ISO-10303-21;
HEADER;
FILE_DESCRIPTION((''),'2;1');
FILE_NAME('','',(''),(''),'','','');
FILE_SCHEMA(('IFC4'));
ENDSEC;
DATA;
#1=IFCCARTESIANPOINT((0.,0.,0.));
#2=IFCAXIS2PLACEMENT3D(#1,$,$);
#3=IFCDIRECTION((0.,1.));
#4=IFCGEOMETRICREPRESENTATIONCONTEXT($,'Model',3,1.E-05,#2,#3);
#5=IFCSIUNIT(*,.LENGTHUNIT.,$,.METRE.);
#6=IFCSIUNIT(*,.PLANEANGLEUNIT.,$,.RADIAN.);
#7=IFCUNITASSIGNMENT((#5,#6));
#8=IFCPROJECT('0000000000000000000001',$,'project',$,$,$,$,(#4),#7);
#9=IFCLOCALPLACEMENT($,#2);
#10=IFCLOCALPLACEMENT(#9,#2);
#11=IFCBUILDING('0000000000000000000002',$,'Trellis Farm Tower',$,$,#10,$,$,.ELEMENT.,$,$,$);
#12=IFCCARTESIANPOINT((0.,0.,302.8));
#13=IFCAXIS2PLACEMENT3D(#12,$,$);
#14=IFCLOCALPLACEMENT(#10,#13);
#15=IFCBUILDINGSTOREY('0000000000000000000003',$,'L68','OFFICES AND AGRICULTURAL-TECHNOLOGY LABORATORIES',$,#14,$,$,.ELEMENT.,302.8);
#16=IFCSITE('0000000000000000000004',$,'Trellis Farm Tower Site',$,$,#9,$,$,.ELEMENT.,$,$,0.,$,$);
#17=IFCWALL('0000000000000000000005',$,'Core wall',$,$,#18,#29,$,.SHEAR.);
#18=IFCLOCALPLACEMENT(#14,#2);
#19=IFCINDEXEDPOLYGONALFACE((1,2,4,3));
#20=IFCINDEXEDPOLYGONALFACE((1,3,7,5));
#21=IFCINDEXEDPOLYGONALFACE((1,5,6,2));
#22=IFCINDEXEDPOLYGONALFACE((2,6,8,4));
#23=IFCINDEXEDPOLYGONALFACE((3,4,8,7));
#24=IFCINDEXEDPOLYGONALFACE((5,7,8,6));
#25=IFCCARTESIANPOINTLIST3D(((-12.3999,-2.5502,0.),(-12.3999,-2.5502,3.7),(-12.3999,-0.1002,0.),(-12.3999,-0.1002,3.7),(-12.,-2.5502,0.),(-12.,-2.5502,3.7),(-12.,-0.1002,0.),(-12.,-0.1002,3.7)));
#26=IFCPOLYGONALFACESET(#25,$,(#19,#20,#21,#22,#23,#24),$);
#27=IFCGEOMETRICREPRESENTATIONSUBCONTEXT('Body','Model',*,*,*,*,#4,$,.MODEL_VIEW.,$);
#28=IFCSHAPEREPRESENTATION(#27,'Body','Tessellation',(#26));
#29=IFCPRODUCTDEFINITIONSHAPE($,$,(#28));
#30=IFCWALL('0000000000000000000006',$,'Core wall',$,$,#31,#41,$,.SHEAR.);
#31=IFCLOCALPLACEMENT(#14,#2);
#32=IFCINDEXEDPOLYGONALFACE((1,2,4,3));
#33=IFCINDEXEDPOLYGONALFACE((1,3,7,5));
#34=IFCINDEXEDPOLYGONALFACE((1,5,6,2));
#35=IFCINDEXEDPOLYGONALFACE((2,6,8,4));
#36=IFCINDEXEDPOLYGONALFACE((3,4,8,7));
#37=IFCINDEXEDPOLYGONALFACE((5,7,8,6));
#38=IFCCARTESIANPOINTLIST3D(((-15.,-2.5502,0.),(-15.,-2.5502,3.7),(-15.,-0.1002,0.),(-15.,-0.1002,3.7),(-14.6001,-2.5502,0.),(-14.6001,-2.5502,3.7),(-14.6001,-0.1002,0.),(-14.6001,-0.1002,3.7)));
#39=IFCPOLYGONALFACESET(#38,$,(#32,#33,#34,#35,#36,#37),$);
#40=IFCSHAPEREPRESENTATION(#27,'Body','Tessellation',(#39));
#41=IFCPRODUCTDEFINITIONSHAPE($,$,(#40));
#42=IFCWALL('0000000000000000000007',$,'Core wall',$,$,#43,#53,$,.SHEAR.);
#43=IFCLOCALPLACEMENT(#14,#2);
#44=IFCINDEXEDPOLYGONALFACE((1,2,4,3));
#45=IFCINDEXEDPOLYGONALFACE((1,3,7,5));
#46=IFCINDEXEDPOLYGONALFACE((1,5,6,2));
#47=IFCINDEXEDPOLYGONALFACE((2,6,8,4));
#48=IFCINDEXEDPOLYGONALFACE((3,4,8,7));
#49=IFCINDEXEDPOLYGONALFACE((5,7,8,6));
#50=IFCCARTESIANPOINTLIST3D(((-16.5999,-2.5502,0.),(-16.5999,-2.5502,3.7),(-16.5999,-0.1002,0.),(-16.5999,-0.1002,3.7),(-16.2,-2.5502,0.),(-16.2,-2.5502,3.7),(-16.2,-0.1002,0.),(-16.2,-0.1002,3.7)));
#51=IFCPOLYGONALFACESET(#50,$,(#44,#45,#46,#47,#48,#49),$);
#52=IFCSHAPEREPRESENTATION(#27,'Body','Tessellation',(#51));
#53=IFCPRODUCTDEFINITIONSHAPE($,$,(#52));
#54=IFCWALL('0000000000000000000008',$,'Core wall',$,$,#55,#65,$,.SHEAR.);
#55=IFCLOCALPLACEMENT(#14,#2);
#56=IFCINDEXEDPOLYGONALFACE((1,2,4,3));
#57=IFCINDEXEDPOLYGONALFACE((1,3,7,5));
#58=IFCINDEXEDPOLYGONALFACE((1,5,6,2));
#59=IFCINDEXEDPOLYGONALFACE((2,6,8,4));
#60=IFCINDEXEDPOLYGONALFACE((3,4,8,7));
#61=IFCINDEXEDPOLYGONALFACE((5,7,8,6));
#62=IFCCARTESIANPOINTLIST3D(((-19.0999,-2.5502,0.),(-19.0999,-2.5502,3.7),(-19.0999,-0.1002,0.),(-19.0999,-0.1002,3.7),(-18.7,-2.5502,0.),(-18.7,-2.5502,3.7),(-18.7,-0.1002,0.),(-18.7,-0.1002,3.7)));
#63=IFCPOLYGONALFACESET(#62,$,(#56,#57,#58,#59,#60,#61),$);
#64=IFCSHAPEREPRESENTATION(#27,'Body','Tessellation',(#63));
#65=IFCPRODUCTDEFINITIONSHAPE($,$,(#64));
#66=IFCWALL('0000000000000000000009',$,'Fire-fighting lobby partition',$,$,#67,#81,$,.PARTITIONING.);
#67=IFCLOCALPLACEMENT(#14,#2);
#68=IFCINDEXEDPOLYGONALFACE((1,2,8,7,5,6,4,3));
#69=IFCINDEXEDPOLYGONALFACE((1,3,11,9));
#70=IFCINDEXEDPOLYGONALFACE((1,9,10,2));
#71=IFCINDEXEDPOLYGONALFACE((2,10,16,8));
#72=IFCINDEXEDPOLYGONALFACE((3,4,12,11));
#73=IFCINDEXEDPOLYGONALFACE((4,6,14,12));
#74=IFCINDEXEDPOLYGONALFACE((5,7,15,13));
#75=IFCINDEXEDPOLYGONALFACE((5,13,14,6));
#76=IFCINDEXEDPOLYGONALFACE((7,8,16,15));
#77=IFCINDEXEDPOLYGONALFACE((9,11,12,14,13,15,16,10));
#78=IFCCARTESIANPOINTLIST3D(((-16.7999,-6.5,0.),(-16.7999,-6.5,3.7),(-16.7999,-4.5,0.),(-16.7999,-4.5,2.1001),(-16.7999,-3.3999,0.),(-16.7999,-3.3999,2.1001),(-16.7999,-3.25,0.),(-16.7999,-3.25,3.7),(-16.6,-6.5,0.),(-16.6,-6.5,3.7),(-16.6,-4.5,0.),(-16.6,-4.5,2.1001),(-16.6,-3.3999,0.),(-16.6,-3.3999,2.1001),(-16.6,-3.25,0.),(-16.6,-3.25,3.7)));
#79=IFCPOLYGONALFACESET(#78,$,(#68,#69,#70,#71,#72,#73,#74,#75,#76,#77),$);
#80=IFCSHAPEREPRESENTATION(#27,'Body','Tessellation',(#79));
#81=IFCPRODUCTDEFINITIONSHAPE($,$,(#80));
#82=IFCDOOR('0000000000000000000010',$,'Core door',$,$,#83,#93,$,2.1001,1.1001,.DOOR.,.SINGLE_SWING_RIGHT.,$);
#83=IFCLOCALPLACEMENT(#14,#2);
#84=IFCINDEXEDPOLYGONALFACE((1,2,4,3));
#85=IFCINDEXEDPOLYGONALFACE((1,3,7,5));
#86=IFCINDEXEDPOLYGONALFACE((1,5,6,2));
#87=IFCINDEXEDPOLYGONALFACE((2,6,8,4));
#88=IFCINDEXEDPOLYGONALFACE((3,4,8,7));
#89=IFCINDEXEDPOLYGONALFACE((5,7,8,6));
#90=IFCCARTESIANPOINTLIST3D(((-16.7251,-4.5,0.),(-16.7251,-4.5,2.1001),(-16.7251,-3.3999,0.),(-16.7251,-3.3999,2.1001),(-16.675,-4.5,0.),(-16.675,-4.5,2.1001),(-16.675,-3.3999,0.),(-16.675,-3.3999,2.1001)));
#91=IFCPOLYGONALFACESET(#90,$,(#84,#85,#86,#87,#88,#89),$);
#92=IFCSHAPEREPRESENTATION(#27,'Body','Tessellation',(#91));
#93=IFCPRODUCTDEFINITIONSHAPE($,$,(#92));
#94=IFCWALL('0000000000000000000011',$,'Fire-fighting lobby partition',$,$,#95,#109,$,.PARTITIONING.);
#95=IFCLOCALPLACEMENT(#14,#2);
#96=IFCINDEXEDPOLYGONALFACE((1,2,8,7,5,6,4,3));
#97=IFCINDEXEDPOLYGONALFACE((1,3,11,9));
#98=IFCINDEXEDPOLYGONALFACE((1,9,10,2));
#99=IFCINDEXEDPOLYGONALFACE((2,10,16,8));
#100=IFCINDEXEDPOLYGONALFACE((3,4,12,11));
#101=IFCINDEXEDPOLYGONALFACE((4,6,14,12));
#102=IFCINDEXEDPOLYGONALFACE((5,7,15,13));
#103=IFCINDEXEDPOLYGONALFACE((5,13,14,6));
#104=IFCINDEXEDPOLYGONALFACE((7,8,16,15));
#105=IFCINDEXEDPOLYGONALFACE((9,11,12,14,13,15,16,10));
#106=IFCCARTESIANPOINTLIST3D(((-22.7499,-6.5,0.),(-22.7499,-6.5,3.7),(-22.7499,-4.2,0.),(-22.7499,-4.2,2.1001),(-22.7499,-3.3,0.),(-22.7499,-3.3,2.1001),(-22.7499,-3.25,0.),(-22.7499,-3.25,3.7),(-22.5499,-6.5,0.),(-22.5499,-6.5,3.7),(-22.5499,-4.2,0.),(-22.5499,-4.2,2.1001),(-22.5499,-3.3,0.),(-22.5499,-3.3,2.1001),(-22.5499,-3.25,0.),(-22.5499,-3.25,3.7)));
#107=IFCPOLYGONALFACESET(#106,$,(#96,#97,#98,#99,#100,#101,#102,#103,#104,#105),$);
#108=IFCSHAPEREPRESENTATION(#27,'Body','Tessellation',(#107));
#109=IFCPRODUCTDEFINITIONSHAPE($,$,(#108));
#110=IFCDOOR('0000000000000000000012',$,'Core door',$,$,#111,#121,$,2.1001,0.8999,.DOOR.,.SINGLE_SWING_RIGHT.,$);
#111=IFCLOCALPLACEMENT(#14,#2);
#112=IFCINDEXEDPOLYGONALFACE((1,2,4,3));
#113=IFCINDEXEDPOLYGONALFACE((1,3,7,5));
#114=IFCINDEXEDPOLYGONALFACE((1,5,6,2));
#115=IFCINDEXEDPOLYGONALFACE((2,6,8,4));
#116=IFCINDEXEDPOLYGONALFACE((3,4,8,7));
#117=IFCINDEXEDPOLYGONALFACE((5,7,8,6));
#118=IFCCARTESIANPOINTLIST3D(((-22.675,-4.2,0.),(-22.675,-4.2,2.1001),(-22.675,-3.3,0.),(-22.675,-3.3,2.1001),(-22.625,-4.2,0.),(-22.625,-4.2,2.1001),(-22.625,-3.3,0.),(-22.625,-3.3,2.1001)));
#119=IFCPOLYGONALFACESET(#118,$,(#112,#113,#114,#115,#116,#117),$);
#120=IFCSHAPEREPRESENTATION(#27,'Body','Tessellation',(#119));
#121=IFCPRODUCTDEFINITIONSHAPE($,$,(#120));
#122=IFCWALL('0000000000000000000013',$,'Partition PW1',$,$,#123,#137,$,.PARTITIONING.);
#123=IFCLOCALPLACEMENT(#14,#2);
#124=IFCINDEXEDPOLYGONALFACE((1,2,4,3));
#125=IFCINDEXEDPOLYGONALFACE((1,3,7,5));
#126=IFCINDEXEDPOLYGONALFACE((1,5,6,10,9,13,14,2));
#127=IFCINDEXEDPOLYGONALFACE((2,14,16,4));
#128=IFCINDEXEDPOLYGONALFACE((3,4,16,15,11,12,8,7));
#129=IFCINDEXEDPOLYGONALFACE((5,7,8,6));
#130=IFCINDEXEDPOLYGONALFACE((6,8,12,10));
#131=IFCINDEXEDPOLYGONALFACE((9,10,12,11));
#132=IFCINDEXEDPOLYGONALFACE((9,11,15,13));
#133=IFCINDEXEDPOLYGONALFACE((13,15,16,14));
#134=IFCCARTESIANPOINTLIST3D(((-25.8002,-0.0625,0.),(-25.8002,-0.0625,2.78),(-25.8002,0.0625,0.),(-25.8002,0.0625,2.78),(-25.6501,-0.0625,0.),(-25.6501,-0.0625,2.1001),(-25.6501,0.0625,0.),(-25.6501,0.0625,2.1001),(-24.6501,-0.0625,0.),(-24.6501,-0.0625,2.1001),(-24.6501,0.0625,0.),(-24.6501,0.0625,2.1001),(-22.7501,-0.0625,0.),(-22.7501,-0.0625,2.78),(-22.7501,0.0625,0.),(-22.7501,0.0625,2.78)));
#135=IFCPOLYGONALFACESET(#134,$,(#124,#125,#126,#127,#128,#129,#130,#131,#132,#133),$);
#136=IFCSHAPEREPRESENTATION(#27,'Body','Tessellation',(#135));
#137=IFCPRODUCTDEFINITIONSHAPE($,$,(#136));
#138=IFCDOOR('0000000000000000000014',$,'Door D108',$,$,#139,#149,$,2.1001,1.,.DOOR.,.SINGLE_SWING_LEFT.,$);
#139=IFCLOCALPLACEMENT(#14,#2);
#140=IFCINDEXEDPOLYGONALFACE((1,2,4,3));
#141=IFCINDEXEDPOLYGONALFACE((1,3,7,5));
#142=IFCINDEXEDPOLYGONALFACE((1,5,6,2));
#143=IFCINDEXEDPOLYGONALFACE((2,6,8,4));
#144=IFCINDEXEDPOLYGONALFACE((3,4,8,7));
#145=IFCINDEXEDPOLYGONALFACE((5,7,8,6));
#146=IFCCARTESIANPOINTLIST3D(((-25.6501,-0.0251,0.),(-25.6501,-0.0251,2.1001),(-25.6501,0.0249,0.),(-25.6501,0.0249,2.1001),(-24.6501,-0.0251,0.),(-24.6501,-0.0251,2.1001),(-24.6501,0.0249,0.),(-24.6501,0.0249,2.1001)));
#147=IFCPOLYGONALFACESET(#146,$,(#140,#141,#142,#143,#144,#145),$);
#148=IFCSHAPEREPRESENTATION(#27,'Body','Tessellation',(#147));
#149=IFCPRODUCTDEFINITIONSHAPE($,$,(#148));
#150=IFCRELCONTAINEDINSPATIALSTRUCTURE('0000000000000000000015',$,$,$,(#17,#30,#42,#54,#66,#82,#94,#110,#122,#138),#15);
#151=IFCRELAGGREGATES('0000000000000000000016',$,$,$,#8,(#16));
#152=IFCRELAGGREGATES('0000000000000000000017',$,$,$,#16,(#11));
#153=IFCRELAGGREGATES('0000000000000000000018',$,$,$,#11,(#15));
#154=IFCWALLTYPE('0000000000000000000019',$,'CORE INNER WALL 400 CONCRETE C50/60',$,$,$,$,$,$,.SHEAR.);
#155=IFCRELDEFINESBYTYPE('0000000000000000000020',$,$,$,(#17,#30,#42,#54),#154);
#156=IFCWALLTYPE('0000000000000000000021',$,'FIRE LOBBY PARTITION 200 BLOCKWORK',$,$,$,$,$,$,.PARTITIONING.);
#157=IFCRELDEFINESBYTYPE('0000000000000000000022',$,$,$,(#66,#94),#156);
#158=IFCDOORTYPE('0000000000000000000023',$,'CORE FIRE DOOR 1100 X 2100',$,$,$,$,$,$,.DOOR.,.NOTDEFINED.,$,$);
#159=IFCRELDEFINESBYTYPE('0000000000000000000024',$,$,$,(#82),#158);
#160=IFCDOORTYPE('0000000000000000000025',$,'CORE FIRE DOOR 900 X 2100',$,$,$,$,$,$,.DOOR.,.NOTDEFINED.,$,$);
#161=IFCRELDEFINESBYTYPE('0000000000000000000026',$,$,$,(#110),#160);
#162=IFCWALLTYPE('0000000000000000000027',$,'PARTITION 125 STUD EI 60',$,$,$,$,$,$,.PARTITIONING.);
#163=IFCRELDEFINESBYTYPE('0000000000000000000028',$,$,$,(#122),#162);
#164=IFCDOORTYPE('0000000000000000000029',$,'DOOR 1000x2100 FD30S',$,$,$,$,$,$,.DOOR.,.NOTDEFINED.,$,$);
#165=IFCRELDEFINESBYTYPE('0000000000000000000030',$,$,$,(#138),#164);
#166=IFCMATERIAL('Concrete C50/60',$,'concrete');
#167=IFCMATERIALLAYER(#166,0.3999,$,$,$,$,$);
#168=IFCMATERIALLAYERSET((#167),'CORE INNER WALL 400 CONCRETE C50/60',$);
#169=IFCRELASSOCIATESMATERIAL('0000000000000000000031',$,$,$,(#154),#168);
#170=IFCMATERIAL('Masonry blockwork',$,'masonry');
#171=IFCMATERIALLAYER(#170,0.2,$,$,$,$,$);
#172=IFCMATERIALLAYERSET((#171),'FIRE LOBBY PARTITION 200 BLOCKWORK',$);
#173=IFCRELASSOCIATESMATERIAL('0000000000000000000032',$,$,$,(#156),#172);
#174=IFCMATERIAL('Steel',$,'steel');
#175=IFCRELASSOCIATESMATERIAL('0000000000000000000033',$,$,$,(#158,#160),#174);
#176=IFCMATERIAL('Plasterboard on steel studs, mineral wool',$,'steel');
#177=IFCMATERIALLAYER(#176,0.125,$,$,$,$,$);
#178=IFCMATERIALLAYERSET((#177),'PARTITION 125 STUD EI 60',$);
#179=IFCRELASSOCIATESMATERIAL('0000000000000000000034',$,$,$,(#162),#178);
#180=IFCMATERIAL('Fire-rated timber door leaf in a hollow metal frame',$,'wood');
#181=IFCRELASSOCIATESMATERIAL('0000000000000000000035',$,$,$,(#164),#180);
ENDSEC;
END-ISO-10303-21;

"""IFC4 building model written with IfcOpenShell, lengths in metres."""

from ifc_helpers import new_model, si_unit, direction, frame, frame_2d, origin, place, context, subcontext, project, spatial, rectangle, extrude, source, transform, mapped, material, layer, layer_set, type_object, element, fill, save


model = new_model("IFC4")

# Units and contexts
model_context = context("Model", 3, precision=1e-05, world=origin(), true_north=direction((0.0, 1.0)))
body_context = subcontext(model_context, "Body", "Model", "MODEL_VIEW")
ifc_project = project(units=[si_unit("LENGTHUNIT", "METRE"), si_unit("PLANEANGLEUNIT", "RADIAN")], contexts=[model_context])

# Site, building, storey
site_placement = place(None, origin())
site = spatial("IfcSite", under=ifc_project, at=site_placement, Name="Trellis Farm Tower Site", CompositionType="ELEMENT", RefElevation=0.0)
building_placement = place(site_placement, origin())
building = spatial("IfcBuilding", under=site, at=building_placement, Name="Trellis Farm Tower", CompositionType="ELEMENT")
storey_placement = place(building_placement, frame((0.0, 0.0, 302.8)))
storey = spatial("IfcBuildingStorey", under=building, at=storey_placement, Name="L68", Description="OFFICES AND AGRICULTURAL-TECHNOLOGY LABORATORIES", CompositionType="ELEMENT", Elevation=302.8)

# Walls
ifc_material_1 = material(Name="Concrete C50/60", Category="concrete")
ifc_layer_1 = layer(ifc_material_1, 0.3999)
ifc_layer_set_1 = layer_set([ifc_layer_1], Name="CORE INNER WALL 400 CONCRETE C50/60")
wall_type_1 = type_object("IfcWallType", Name="CORE INNER WALL 400 CONCRETE C50/60", PredefinedType="SHEAR", material=ifc_layer_set_1)
shared_shape_1 = source(origin(), body_context, "Body", "SweptSolid", [
    extrude(rectangle(XDim=2.45, YDim=0.3999, at=frame_2d((1.2251, 0.0))), origin(), (0.0, 0.0, 1.0), 3.7),
])
for number, where, z_axis, x_axis, name in (
    (1, (-12.2, -0.1001, 0.0), (0.0, 0.0, 1.0), (0.0, -1.0, 0.0), "Core wall"),
    (2, (-14.8, -0.1001, 0.0), (0.0, 0.0, 1.0), (0.0, -1.0, 0.0), "Core wall"),
    (3, (-16.3999, -0.1001, 0.0), (0.0, 0.0, 1.0), (0.0, -1.0, 0.0), "Core wall"),
    (4, (-18.8999, -0.1001, 0.0), (0.0, 0.0, 1.0), (0.0, -1.0, 0.0), "Core wall"),
):
    element("IfcWall", number, at=place(storey_placement, frame(where, z_axis=z_axis, x_axis=x_axis)), inside=storey, type_object=wall_type_1, Name=name, PredefinedType="SHEAR", context=body_context, shape_type="MappedRepresentation", body=[
        mapped(shared_shape_1, transform((0.0, 0.0, 0.0))),
    ])

# Walls, openings, doors
ifc_material_2 = material(Name="Masonry blockwork", Category="masonry")
ifc_layer_2 = layer(ifc_material_2, 0.2)
ifc_layer_set_2 = layer_set([ifc_layer_2], Name="FIRE LOBBY PARTITION 200 BLOCKWORK")
wall_type_2 = type_object("IfcWallType", Name="FIRE LOBBY PARTITION 200 BLOCKWORK", PredefinedType="PARTITIONING", material=ifc_layer_set_2)
shared_shape_2 = source(origin(), body_context, "Body", "SweptSolid", [
    extrude(rectangle(XDim=3.25, YDim=0.2, at=frame_2d((1.625, 0.0))), origin(), (0.0, 0.0, 1.0), 3.7),
])
wall_1_placement = place(storey_placement, frame((-16.7, -3.25, 0.0), z_axis=(0.0, 0.0, 1.0), x_axis=(0.0, -1.0, 0.0)))
wall_1 = element("IfcWall", 5, at=wall_1_placement, inside=storey, type_object=wall_type_2, Name="Fire-fighting lobby partition", PredefinedType="PARTITIONING", context=body_context, shape_type="MappedRepresentation", body=[
    mapped(shared_shape_2, transform((0.0, 0.0, 0.0))),
])
shared_shape_3 = source(origin(), body_context, "Body", "SweptSolid", [
    extrude(rectangle(XDim=1.1001, YDim=2.1001, at=frame_2d((0.55, 1.05))), frame((0.0, 0.1101, 0.0), z_axis=(0.0, -1.0, 0.0), x_axis=(1.0, 0.0, 0.0)), (0.0, 0.0, 1.0), 0.2202),
])
opening_1_placement = place(wall_1_placement, frame((0.1499, 0.0, 0.0)))
opening_1 = element("IfcOpeningElement", 6, at=opening_1_placement, cuts=wall_1, PredefinedType="OPENING", context=body_context, shape_type="MappedRepresentation", body=[
    mapped(shared_shape_3, transform((0.0, 0.0, 0.0))),
])
ifc_material_3 = material(Name="Steel", Category="steel")
door_type_1 = type_object("IfcDoorType", Name="CORE FIRE DOOR 1100 X 2100", OperationType="NOTDEFINED", PredefinedType="DOOR", material=ifc_material_3)
shared_shape_4 = source(origin(), body_context, "Body", "SweptSolid", [
    extrude(rectangle(XDim=1.1001, YDim=2.1001, at=frame_2d((0.55, 1.05))), frame((0.0, 0.0249, 0.0), z_axis=(0.0, -1.0, 0.0), x_axis=(1.0, 0.0, 0.0)), (0.0, 0.0, 1.0), 0.05),
])
door_1_placement = place(opening_1_placement, origin())
door_1 = element("IfcDoor", 7, at=door_1_placement, inside=storey, type_object=door_type_1, Name="Core door", OperationType="SINGLE_SWING_RIGHT", OverallHeight=2.1001, OverallWidth=1.1001, PredefinedType="DOOR", context=body_context, shape_type="MappedRepresentation", body=[
    mapped(shared_shape_4, transform((0.0, 0.0, 0.0))),
])
fill(opening_1, door_1)
wall_2_placement = place(storey_placement, frame((-22.6499, -3.25, 0.0), z_axis=(0.0, 0.0, 1.0), x_axis=(0.0, -1.0, 0.0)))
wall_2 = element("IfcWall", 8, at=wall_2_placement, inside=storey, type_object=wall_type_2, Name="Fire-fighting lobby partition", PredefinedType="PARTITIONING", context=body_context, shape_type="MappedRepresentation", body=[
    mapped(shared_shape_2, transform((0.0, 0.0, 0.0))),
])
shared_shape_5 = source(origin(), body_context, "Body", "SweptSolid", [
    extrude(rectangle(XDim=0.8999, YDim=2.1001, at=frame_2d((0.45, 1.05))), frame((0.0, 0.1101, 0.0), z_axis=(0.0, -1.0, 0.0), x_axis=(1.0, 0.0, 0.0)), (0.0, 0.0, 1.0), 0.2202),
])
opening_2_placement = place(wall_2_placement, frame((0.05, 0.0, 0.0)))
opening_2 = element("IfcOpeningElement", 9, at=opening_2_placement, cuts=wall_2, PredefinedType="OPENING", context=body_context, shape_type="MappedRepresentation", body=[
    mapped(shared_shape_5, transform((0.0, 0.0, 0.0))),
])
door_type_2 = type_object("IfcDoorType", Name="CORE FIRE DOOR 900 X 2100", OperationType="NOTDEFINED", PredefinedType="DOOR", material=ifc_material_3)
shared_shape_6 = source(origin(), body_context, "Body", "SweptSolid", [
    extrude(rectangle(XDim=0.8999, YDim=2.1001, at=frame_2d((0.45, 1.05))), frame((0.0, 0.0249, 0.0), z_axis=(0.0, -1.0, 0.0), x_axis=(1.0, 0.0, 0.0)), (0.0, 0.0, 1.0), 0.05),
])
door_2_placement = place(opening_2_placement, origin())
door_2 = element("IfcDoor", 10, at=door_2_placement, inside=storey, type_object=door_type_2, Name="Core door", OperationType="SINGLE_SWING_RIGHT", OverallHeight=2.1001, OverallWidth=0.8999, PredefinedType="DOOR", context=body_context, shape_type="MappedRepresentation", body=[
    mapped(shared_shape_6, transform((0.0, 0.0, 0.0))),
])
fill(opening_2, door_2)
ifc_material_4 = material(Name="Plasterboard on steel studs, mineral wool", Category="steel")
ifc_layer_3 = layer(ifc_material_4, 0.125)
ifc_layer_set_3 = layer_set([ifc_layer_3], Name="PARTITION 125 STUD EI 60")
wall_type_3 = type_object("IfcWallType", Name="PARTITION 125 STUD EI 60", PredefinedType="PARTITIONING", material=ifc_layer_set_3)
shared_shape_7 = source(origin(), body_context, "Body", "SweptSolid", [
    extrude(rectangle(XDim=3.05, YDim=0.125, at=frame_2d((1.5249, 0.0))), origin(), (0.0, 0.0, 1.0), 2.78),
])
wall_3_placement = place(storey_placement, frame((-25.8, 0.0, 0.0), z_axis=(0.0, 0.0, 1.0), x_axis=(1.0, 0.0, 0.0)))
wall_3 = element("IfcWall", 11, at=wall_3_placement, inside=storey, type_object=wall_type_3, Name="Partition PW1", PredefinedType="PARTITIONING", context=body_context, shape_type="MappedRepresentation", body=[
    mapped(shared_shape_7, transform((0.0, 0.0, 0.0))),
])
shared_shape_8 = source(origin(), body_context, "Body", "SweptSolid", [
    extrude(rectangle(XDim=1.0, YDim=2.1001, at=frame_2d((0.5, 1.05))), frame((0.0, 0.0725, 0.0), z_axis=(0.0, -1.0, 0.0), x_axis=(1.0, 0.0, 0.0)), (0.0, 0.0, 1.0), 0.145),
])
opening_3_placement = place(wall_3_placement, frame((0.1499, 0.0, 0.0)))
opening_3 = element("IfcOpeningElement", 12, at=opening_3_placement, cuts=wall_3, PredefinedType="OPENING", context=body_context, shape_type="MappedRepresentation", body=[
    mapped(shared_shape_8, transform((0.0, 0.0, 0.0))),
])
ifc_material_5 = material(Name="Fire-rated timber door leaf in a hollow metal frame", Category="wood")
door_type_3 = type_object("IfcDoorType", Name="DOOR 1000x2100 FD30S", OperationType="NOTDEFINED", PredefinedType="DOOR", material=ifc_material_5)
shared_shape_9 = source(origin(), body_context, "Body", "SweptSolid", [
    extrude(rectangle(XDim=1.0, YDim=2.1001, at=frame_2d((0.5, 1.05))), frame((0.0, 0.0249, 0.0), z_axis=(0.0, -1.0, 0.0), x_axis=(1.0, 0.0, 0.0)), (0.0, 0.0, 1.0), 0.05),
])
door_3_placement = place(opening_3_placement, origin())
door_3 = element("IfcDoor", 13, at=door_3_placement, inside=storey, type_object=door_type_3, Name="Door D108", OperationType="SINGLE_SWING_LEFT", OverallHeight=2.1001, OverallWidth=1.0, PredefinedType="DOOR", context=body_context, shape_type="MappedRepresentation", body=[
    mapped(shared_shape_9, transform((0.0, 0.0, 0.0))),
])
fill(opening_3, door_3)

save(model, "model.ifc")
